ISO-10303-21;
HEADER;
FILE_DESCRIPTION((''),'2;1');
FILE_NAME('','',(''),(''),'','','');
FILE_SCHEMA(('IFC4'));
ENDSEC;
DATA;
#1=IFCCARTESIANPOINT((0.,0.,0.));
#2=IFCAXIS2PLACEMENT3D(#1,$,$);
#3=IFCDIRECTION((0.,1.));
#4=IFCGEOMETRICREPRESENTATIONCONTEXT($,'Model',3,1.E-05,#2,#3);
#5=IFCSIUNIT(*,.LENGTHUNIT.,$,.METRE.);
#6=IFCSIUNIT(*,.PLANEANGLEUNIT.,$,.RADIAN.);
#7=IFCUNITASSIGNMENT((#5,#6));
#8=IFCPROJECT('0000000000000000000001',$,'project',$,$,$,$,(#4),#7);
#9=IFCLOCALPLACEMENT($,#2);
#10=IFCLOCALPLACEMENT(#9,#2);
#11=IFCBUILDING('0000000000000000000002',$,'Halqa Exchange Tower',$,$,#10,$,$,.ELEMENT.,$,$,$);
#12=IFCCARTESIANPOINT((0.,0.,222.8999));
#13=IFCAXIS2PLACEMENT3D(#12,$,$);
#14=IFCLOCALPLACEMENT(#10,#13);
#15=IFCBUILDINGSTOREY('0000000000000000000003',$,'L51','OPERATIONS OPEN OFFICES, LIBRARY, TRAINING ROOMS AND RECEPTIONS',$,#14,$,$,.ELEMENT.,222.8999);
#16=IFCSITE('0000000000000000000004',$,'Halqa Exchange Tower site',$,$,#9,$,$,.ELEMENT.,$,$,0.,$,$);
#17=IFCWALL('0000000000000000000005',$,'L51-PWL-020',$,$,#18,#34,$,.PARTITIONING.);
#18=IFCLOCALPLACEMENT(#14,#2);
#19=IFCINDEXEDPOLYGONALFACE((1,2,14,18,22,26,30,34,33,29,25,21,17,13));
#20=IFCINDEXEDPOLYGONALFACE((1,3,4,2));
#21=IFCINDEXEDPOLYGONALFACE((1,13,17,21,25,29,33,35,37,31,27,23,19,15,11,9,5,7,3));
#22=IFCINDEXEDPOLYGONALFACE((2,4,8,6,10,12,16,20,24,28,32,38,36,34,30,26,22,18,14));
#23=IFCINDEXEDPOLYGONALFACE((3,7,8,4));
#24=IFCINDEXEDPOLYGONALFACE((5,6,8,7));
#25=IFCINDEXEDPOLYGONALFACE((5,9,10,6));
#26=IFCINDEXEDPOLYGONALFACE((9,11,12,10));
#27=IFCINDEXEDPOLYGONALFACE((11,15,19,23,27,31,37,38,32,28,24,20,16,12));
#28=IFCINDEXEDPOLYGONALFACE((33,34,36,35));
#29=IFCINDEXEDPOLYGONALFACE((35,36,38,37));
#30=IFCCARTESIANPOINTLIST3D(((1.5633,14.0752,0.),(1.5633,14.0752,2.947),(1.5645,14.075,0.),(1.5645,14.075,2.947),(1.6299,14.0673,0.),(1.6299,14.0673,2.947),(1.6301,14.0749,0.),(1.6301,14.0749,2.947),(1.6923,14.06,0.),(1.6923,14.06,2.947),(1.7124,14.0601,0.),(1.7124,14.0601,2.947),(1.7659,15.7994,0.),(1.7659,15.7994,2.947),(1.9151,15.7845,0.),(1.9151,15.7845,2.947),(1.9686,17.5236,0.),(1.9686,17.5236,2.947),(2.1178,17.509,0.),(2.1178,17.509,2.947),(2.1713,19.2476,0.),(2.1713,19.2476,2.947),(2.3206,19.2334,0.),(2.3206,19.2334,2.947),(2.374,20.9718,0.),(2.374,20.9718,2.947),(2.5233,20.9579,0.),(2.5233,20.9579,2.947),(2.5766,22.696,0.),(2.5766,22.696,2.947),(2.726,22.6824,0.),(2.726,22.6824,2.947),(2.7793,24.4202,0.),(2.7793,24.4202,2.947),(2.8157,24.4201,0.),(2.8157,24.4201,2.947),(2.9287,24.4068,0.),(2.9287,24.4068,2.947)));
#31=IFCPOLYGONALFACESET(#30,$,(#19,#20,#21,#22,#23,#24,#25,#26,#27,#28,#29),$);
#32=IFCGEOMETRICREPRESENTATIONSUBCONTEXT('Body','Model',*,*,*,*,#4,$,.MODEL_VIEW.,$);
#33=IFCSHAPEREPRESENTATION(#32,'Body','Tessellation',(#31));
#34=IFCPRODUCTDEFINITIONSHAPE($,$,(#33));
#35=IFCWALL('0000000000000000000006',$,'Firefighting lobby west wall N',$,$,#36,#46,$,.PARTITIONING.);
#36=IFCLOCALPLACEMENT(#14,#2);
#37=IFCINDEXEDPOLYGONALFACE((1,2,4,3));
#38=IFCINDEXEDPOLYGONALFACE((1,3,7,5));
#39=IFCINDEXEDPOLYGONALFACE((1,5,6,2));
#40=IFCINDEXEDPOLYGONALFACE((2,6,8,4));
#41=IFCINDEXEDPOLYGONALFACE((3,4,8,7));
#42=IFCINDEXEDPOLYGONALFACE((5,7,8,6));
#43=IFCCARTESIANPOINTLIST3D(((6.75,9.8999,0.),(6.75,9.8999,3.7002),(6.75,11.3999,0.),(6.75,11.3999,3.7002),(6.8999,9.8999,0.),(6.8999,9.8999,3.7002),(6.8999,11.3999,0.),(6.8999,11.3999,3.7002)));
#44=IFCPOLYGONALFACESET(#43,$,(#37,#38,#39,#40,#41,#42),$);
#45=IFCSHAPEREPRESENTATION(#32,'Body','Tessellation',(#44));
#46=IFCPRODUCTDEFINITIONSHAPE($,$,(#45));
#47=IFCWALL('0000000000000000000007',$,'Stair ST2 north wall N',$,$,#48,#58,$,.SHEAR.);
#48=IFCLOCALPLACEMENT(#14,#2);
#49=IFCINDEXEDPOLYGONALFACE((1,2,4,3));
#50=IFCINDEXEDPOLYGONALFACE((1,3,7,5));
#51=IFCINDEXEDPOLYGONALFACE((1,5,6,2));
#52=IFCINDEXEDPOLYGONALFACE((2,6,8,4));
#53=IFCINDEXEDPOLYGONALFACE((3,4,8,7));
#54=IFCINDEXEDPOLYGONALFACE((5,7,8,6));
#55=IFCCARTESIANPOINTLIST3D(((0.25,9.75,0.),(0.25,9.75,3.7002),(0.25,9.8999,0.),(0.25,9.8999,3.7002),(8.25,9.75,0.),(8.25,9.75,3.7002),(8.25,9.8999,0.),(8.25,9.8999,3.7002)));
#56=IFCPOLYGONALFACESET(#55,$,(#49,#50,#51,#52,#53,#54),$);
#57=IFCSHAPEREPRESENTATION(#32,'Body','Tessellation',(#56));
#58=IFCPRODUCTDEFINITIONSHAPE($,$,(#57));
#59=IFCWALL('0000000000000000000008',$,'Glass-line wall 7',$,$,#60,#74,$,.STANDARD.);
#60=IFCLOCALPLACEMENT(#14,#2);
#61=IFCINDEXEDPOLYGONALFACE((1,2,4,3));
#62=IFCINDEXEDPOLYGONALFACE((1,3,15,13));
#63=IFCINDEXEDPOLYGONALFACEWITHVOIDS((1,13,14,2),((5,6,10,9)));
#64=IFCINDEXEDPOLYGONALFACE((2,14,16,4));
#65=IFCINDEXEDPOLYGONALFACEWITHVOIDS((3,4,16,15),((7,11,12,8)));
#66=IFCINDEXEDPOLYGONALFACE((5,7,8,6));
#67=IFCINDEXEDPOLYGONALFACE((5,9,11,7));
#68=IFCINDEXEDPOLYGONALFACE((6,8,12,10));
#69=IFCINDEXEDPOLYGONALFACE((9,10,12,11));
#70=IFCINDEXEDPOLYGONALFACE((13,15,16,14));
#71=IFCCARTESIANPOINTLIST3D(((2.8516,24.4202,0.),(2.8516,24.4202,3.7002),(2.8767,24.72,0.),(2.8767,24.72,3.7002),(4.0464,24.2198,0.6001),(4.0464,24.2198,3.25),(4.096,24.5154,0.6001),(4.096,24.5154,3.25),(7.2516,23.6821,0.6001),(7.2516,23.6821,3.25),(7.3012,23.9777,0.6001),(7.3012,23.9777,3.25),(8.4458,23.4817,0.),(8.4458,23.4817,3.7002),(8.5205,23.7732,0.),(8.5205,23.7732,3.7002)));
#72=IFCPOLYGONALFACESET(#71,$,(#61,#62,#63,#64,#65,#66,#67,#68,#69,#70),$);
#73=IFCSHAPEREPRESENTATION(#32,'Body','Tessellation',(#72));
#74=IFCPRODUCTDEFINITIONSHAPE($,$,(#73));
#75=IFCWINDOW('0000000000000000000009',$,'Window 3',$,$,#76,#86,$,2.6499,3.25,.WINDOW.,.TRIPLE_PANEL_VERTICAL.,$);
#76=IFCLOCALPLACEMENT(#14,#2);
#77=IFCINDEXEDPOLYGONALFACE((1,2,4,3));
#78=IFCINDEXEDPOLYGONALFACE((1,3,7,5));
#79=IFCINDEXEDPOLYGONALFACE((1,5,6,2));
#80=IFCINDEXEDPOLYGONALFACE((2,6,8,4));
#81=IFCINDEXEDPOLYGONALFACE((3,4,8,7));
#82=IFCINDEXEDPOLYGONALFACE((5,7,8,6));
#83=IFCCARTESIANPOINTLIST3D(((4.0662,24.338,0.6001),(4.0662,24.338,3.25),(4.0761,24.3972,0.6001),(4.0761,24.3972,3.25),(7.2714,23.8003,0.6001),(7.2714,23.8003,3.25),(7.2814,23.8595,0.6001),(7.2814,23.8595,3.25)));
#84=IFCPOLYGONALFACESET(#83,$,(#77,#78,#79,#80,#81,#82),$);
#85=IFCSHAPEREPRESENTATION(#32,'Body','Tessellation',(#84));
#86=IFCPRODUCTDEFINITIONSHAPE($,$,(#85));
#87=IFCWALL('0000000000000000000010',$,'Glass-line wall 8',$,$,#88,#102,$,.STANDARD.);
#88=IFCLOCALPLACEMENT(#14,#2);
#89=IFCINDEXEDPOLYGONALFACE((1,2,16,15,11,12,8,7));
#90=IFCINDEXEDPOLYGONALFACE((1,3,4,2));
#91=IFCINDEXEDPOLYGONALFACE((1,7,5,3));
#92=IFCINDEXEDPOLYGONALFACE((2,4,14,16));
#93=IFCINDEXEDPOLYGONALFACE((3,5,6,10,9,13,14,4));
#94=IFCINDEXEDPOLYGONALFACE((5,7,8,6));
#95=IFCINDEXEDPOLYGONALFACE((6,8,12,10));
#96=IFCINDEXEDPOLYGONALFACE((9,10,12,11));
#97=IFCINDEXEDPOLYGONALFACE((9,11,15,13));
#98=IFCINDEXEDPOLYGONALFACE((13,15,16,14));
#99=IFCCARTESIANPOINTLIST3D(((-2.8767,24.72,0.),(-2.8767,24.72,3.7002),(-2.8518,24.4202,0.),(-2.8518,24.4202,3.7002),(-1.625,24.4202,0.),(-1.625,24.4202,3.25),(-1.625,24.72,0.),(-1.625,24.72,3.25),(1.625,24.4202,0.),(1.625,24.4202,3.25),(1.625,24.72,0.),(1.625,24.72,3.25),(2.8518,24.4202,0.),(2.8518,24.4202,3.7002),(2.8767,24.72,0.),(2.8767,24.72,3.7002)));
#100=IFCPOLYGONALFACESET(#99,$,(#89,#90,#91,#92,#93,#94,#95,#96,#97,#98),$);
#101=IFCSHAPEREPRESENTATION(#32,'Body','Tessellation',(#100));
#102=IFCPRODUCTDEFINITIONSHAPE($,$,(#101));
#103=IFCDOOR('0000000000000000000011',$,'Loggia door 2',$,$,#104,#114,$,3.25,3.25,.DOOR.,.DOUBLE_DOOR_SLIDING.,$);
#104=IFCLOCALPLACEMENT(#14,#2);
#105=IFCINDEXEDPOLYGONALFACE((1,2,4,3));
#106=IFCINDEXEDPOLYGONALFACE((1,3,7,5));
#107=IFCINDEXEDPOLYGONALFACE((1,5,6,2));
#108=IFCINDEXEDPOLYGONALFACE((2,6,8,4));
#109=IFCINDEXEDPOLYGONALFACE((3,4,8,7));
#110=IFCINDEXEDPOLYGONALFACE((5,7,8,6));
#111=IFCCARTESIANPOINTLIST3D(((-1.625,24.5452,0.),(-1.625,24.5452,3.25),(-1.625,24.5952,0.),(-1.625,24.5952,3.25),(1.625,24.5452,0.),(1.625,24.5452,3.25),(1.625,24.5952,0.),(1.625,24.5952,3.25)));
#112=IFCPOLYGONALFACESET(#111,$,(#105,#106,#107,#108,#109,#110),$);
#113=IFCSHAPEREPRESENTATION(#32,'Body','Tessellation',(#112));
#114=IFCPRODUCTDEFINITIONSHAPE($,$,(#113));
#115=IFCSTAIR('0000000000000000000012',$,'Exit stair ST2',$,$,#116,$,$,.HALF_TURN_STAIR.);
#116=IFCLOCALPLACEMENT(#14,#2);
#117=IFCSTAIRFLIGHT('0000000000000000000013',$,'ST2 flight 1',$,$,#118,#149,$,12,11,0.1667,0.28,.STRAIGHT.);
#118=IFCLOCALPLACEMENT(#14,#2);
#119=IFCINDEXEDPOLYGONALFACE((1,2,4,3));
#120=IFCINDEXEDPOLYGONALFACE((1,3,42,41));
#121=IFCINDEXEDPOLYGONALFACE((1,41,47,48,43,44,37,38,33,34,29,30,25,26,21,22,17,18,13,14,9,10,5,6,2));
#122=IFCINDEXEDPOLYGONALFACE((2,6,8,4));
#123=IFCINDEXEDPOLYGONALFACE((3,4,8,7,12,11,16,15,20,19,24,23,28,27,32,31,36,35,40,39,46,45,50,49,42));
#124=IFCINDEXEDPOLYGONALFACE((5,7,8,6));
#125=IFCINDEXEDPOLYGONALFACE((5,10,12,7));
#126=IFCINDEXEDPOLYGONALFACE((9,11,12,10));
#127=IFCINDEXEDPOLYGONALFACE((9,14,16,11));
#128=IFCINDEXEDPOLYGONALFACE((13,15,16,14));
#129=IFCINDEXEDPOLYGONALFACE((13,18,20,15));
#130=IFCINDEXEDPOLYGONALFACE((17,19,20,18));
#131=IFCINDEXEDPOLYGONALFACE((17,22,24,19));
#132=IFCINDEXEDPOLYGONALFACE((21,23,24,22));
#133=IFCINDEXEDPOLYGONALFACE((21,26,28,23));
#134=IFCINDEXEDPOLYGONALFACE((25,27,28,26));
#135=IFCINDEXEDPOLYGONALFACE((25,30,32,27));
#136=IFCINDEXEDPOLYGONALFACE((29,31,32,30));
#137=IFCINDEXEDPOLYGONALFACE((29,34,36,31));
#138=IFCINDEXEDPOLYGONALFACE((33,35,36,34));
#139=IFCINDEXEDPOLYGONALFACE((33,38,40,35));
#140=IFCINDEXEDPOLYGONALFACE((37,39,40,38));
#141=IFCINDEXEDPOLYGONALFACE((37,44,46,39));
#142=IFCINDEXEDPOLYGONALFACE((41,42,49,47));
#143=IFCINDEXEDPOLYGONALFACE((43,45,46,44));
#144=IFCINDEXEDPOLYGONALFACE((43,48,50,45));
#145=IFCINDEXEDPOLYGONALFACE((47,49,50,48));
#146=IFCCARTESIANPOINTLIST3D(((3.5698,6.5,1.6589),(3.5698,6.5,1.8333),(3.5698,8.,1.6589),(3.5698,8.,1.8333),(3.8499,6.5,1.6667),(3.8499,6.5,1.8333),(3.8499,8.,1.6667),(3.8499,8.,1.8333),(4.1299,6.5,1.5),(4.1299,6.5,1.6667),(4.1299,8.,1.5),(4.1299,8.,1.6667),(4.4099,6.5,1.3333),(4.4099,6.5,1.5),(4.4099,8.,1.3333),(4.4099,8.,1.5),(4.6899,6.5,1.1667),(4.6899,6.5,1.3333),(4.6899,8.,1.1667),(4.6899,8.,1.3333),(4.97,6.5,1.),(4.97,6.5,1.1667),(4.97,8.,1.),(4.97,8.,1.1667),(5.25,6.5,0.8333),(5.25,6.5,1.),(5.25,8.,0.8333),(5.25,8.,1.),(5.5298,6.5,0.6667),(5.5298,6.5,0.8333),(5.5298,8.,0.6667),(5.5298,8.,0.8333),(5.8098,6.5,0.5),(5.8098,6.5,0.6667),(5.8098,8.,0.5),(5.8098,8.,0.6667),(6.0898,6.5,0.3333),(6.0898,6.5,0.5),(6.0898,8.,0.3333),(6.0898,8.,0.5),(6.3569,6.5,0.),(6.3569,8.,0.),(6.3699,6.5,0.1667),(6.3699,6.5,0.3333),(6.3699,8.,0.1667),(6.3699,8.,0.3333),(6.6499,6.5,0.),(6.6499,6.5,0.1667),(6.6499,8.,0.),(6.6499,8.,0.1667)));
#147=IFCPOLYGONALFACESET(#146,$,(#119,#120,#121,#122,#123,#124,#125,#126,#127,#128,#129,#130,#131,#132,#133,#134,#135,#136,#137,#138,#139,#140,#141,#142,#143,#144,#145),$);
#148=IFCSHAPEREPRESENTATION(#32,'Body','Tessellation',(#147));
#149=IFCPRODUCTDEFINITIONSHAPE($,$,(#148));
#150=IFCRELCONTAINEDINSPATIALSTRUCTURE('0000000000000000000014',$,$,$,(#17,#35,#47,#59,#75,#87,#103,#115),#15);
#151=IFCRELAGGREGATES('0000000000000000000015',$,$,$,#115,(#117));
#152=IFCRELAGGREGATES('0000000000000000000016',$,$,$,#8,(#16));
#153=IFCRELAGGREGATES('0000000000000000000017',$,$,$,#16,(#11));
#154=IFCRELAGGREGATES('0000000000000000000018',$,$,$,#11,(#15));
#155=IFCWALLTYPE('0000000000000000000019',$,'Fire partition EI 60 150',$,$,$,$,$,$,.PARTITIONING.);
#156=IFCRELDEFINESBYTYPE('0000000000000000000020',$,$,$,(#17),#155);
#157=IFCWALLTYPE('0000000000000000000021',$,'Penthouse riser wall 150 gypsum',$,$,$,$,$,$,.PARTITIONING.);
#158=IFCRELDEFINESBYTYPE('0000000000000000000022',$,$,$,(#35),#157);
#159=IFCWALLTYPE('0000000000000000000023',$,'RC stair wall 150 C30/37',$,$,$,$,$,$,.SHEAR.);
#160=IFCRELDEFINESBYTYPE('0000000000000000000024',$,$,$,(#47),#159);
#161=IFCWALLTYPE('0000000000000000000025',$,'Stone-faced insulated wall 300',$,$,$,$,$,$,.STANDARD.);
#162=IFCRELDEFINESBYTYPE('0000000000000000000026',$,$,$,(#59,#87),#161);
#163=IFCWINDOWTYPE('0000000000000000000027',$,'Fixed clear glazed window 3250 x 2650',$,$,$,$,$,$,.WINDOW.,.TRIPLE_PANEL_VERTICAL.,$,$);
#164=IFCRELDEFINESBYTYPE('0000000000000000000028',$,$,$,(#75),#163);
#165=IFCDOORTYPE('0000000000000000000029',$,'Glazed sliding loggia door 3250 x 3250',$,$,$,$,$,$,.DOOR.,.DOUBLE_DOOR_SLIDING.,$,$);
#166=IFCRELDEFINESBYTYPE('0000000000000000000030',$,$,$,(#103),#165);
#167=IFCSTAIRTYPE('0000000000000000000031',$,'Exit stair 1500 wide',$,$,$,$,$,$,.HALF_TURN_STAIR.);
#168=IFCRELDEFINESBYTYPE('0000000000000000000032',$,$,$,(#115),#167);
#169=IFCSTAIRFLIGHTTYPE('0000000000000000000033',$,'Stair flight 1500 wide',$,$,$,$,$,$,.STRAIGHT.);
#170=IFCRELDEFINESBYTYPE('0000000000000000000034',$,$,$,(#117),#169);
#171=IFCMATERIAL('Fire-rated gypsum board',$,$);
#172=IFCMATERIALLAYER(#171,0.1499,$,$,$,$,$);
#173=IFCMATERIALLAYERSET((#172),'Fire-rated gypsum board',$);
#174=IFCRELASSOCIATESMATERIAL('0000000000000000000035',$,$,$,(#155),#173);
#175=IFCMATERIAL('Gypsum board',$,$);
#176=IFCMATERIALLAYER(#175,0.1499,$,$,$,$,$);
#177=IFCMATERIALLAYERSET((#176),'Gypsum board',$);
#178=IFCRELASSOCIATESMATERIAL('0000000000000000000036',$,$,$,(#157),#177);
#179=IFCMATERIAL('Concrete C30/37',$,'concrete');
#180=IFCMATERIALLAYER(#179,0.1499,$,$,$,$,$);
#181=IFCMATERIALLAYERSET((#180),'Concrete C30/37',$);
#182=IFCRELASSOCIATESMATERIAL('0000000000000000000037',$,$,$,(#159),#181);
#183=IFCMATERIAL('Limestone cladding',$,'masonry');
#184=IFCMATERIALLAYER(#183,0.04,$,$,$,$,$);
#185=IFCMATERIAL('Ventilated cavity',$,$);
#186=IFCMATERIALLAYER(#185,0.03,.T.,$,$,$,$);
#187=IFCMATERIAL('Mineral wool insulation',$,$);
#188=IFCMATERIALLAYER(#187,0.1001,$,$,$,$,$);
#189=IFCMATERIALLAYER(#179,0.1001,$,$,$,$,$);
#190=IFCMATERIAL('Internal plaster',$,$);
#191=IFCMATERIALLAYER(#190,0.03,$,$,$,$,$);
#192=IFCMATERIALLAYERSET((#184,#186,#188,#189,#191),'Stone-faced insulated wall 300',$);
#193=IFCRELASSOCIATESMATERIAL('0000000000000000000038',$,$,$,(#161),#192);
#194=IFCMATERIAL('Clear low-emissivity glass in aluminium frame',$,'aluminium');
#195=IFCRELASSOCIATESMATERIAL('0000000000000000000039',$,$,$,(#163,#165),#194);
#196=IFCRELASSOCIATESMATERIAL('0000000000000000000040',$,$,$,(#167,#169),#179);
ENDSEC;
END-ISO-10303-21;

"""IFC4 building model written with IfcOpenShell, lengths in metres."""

from ifc_helpers import new_model, si_unit, direction, frame, frame_2d, origin, place, context, subcontext, project, spatial, polyline, rectangle, outline, extrude, material, layer, layer_set, type_object, element, fill, aggregate, save


model = new_model("IFC4")

# Units and contexts
model_context = context("Model", 3, precision=1e-05, world=origin(), true_north=direction((0.0, 1.0)))
body_context = subcontext(model_context, "Body", "Model", "MODEL_VIEW")
ifc_project = project(units=[si_unit("LENGTHUNIT", "METRE"), si_unit("PLANEANGLEUNIT", "RADIAN")], contexts=[model_context])

# Site, building, storey
site_placement = place(None, origin())
site = spatial("IfcSite", under=ifc_project, at=site_placement, Name="Halqa Exchange Tower site", CompositionType="ELEMENT", RefElevation=0.0)
building_placement = place(site_placement, origin())
building = spatial("IfcBuilding", under=site, at=building_placement, Name="Halqa Exchange Tower", CompositionType="ELEMENT")
storey_placement = place(building_placement, frame((0.0, 0.0, 222.8999)))
storey = spatial("IfcBuildingStorey", under=building, at=storey_placement, Name="L51", Description="OPERATIONS OPEN OFFICES, LIBRARY, TRAINING ROOMS AND RECEPTIONS", CompositionType="ELEMENT", Elevation=222.8999)

# Wall
ifc_material_1 = material(Name="Fire-rated gypsum board")
ifc_layer_1 = layer(ifc_material_1, 0.1499)
ifc_layer_set_1 = layer_set([ifc_layer_1], Name="Fire-rated gypsum board")
wall_type_1 = type_object("IfcWallType", Name="Fire partition EI 60 150", PredefinedType="PARTITIONING", material=ifc_layer_set_1)
wall_1_placement = place(storey_placement, frame((1.6377, 14.0664, 0.0), z_axis=(0.0, 0.0, 1.0), x_axis=(0.116747, 0.993162, 0.0)))
element("IfcWall", 1, at=wall_1_placement, inside=storey, type_object=wall_type_1, Name="L51-PWL-020", PredefinedType="PARTITIONING", context=body_context, shape_type="SweptSolid", body=[
    extrude(outline(polyline([(10.4204, -0.075), (10.4204, 0.0388), (10.4163, 0.075), (8.6802, 0.075), (6.9441, 0.075), (5.208, 0.075), (3.4722, 0.075), (1.7361, 0.075), (0.0, 0.075), (0.0, 0.0737), (0.0076, 0.0085), (0.0, 0.0078), (0.0, -0.0549), (0.0024, -0.075), (1.7388, -0.075), (3.4751, -0.075), (5.2114, -0.075), (6.9478, -0.075), (8.6841, -0.075), (10.4204, -0.075)])), origin(), (0.0, 0.0, 1.0), 2.947),
])

# Walls
ifc_material_2 = material(Name="Gypsum board")
ifc_layer_2 = layer(ifc_material_2, 0.1499)
ifc_layer_set_2 = layer_set([ifc_layer_2], Name="Gypsum board")
wall_type_2 = type_object("IfcWallType", Name="Penthouse riser wall 150 gypsum", PredefinedType="PARTITIONING", material=ifc_layer_set_2)
wall_2_placement = place(storey_placement, frame((6.825, 9.8999, 0.0), z_axis=(0.0, 0.0, 1.0), x_axis=(0.0, 1.0, 0.0)))
element("IfcWall", 2, at=wall_2_placement, inside=storey, type_object=wall_type_2, Name="Firefighting lobby west wall N", PredefinedType="PARTITIONING", context=body_context, shape_type="SweptSolid", body=[
    extrude(rectangle(XDim=1.5, YDim=0.1499, at=frame_2d((0.75, 0.0))), origin(), (0.0, 0.0, 1.0), 3.7002),
])
ifc_material_3 = material(Name="Concrete C30/37", Category="concrete")
ifc_layer_3 = layer(ifc_material_3, 0.1499)
ifc_layer_set_3 = layer_set([ifc_layer_3], Name="Concrete C30/37")
wall_type_3 = type_object("IfcWallType", Name="RC stair wall 150 C30/37", PredefinedType="SHEAR", material=ifc_layer_set_3)
wall_3_placement = place(storey_placement, frame((0.25, 9.825, 0.0), z_axis=(0.0, 0.0, 1.0), x_axis=(1.0, 0.0, 0.0)))
element("IfcWall", 3, at=wall_3_placement, inside=storey, type_object=wall_type_3, Name="Stair ST2 north wall N", PredefinedType="SHEAR", context=body_context, shape_type="SweptSolid", body=[
    extrude(rectangle(XDim=8.0, YDim=0.1499, at=frame_2d((4.0, 0.0))), origin(), (0.0, 0.0, 1.0), 3.7002),
])

# Wall, opening, window
ifc_material_4 = material(Name="Limestone cladding", Category="masonry")
ifc_layer_4 = layer(ifc_material_4, 0.04)
ifc_material_5 = material(Name="Ventilated cavity")
ifc_layer_5 = layer(ifc_material_5, 0.03, ventilated=True)
ifc_material_6 = material(Name="Mineral wool insulation")
ifc_layer_6 = layer(ifc_material_6, 0.1001)
ifc_layer_7 = layer(ifc_material_3, 0.1001)
ifc_material_7 = material(Name="Internal plaster")
ifc_layer_8 = layer(ifc_material_7, 0.03)
ifc_layer_set_4 = layer_set([ifc_layer_4, ifc_layer_5, ifc_layer_6, ifc_layer_7, ifc_layer_8], Name="Stone-faced insulated wall 300")
wall_type_4 = type_object("IfcWallType", Name="Stone-faced insulated wall 300", PredefinedType="STANDARD", material=ifc_layer_set_4)
wall_4_placement = place(storey_placement, frame((8.4832, 23.6274, 0.0), z_axis=(0.0, 0.0, 1.0), x_axis=(-0.986218, 0.165448, 0.0)))
wall_4 = element("IfcWall", 4, at=wall_4_placement, inside=storey, type_object=wall_type_4, Name="Glass-line wall 7", PredefinedType="STANDARD", context=body_context, shape_type="SweptSolid", body=[
    extrude(outline(polyline([(-0.0127, -0.1499), (5.71, -0.1499), (5.6851, 0.1499), (0.0127, 0.1499), (-0.0127, -0.1499)])), origin(), (0.0, 0.0, 1.0), 3.7002),
])
opening_1_placement = place(wall_4_placement, frame((1.2236, 0.0, 0.6001)))
opening_1 = element("IfcOpeningElement", 5, at=opening_1_placement, cuts=wall_4, PredefinedType="OPENING", context=body_context, shape_type="SweptSolid", body=[
    extrude(rectangle(XDim=3.25, YDim=2.6499, at=frame_2d((1.625, 1.325))), frame((0.0, 0.1621, 0.0), z_axis=(0.0, -1.0, 0.0), x_axis=(1.0, 0.0, 0.0)), (0.0, 0.0, 1.0), 0.324),
])
ifc_material_8 = material(Name="Clear low-emissivity glass in aluminium frame", Category="aluminium")
window_type = type_object("IfcWindowType", Name="Fixed clear glazed window 3250 x 2650", PartitioningType="TRIPLE_PANEL_VERTICAL", PredefinedType="WINDOW", material=ifc_material_8)
window_placement = place(opening_1_placement, origin())
window = element("IfcWindow", 6, at=window_placement, inside=storey, type_object=window_type, Name="Window 3", OverallHeight=2.6499, OverallWidth=3.25, PartitioningType="TRIPLE_PANEL_VERTICAL", PredefinedType="WINDOW", context=body_context, shape_type="SweptSolid", body=[
    extrude(rectangle(XDim=3.25, YDim=2.6499, at=frame_2d((1.625, 1.325))), frame((0.0, 0.03, 0.0), z_axis=(0.0, -1.0, 0.0), x_axis=(1.0, 0.0, 0.0)), (0.0, 0.0, 1.0), 0.0601),
])
fill(opening_1, window)

# Wall, opening, door
wall_5_placement = place(storey_placement, frame((2.8643, 24.5701, 0.0), z_axis=(0.0, 0.0, 1.0), x_axis=(-1.0, 0.0, 0.0)))
wall_5 = element("IfcWall", 7, at=wall_5_placement, inside=storey, type_object=wall_type_4, Name="Glass-line wall 8", PredefinedType="STANDARD", context=body_context, shape_type="SweptSolid", body=[
    extrude(outline(polyline([(-0.0125, -0.1499), (5.741, -0.1499), (5.7161, 0.1499), (0.0125, 0.1499), (-0.0125, -0.1499)])), origin(), (0.0, 0.0, 1.0), 3.7002),
])
opening_2_placement = place(wall_5_placement, frame((1.2393, 0.0, 0.0)))
opening_2 = element("IfcOpeningElement", 8, at=opening_2_placement, cuts=wall_5, PredefinedType="OPENING", context=body_context, shape_type="SweptSolid", body=[
    extrude(rectangle(XDim=3.25, YDim=3.25, at=frame_2d((1.625, 1.625))), frame((0.0, 0.1621, 0.0), z_axis=(0.0, -1.0, 0.0), x_axis=(1.0, 0.0, 0.0)), (0.0, 0.0, 1.0), 0.324),
])
door_type_1 = type_object("IfcDoorType", Name="Glazed sliding loggia door 3250 x 3250", OperationType="DOUBLE_DOOR_SLIDING", PredefinedType="DOOR", material=ifc_material_8)
door_1_placement = place(opening_2_placement, origin())
door_1 = element("IfcDoor", 9, at=door_1_placement, inside=storey, type_object=door_type_1, Name="Loggia door 2", OperationType="DOUBLE_DOOR_SLIDING", OverallHeight=3.25, OverallWidth=3.25, PredefinedType="DOOR", context=body_context, shape_type="SweptSolid", body=[
    extrude(rectangle(XDim=3.25, YDim=3.25, at=frame_2d((1.625, 1.625))), frame((0.0, 0.0249, 0.0), z_axis=(0.0, -1.0, 0.0), x_axis=(1.0, 0.0, 0.0)), (0.0, 0.0, 1.0), 0.05),
])
fill(opening_2, door_1)

# Stair, stair flight
stair_type = type_object("IfcStairType", Name="Exit stair 1500 wide", PredefinedType="HALF_TURN_STAIR", material=ifc_material_3)
stair_placement = place(storey_placement, origin())
stair = element("IfcStair", 10, at=stair_placement, inside=storey, type_object=stair_type, Name="Exit stair ST2", PredefinedType="HALF_TURN_STAIR")
stair_flight_type = type_object("IfcStairFlightType", Name="Stair flight 1500 wide", PredefinedType="STRAIGHT", material=ifc_material_3)
stair_flight_1_placement = place(storey_placement, frame((6.6499, 7.25, 0.0), z_axis=(0.0, 0.0, 1.0), x_axis=(-1.0, 0.0, 0.0)))
stair_flight_1 = element("IfcStairFlight", 11, at=stair_flight_1_placement, type_object=stair_flight_type, Name="ST2 flight 1", NumberOfRisers=12, NumberOfTreads=11, PredefinedType="STRAIGHT", RiserHeight=0.1667, TreadLength=0.28, context=body_context, shape_type="SweptSolid", body=[
    extrude(outline(polyline([(0.0, 0.0), (0.0, 0.1667), (0.28, 0.1667), (0.28, 0.3333), (0.5601, 0.3333), (0.5601, 0.5), (0.8401, 0.5), (0.8401, 0.6667), (1.1201, 0.6667), (1.1201, 0.8333), (1.3999, 0.8333), (1.3999, 1.0), (1.6799, 1.0), (1.6799, 1.1667), (1.96, 1.1667), (1.96, 1.3333), (2.24, 1.3333), (2.24, 1.5), (2.52, 1.5), (2.52, 1.6667), (2.8, 1.6667), (2.8, 1.8333), (3.0801, 1.8333), (3.0801, 2.0), (3.0801, 1.6589), (0.293, 0.0), (0.0, 0.0)])), frame((0.0, 0.75, 0.0), z_axis=(0.0, -1.0, 0.0), x_axis=(1.0, 0.0, 0.0)), (0.0, 0.0, 1.0), 1.5),
])
aggregate(stair, [stair_flight_1])

save(model, "model.ifc")
